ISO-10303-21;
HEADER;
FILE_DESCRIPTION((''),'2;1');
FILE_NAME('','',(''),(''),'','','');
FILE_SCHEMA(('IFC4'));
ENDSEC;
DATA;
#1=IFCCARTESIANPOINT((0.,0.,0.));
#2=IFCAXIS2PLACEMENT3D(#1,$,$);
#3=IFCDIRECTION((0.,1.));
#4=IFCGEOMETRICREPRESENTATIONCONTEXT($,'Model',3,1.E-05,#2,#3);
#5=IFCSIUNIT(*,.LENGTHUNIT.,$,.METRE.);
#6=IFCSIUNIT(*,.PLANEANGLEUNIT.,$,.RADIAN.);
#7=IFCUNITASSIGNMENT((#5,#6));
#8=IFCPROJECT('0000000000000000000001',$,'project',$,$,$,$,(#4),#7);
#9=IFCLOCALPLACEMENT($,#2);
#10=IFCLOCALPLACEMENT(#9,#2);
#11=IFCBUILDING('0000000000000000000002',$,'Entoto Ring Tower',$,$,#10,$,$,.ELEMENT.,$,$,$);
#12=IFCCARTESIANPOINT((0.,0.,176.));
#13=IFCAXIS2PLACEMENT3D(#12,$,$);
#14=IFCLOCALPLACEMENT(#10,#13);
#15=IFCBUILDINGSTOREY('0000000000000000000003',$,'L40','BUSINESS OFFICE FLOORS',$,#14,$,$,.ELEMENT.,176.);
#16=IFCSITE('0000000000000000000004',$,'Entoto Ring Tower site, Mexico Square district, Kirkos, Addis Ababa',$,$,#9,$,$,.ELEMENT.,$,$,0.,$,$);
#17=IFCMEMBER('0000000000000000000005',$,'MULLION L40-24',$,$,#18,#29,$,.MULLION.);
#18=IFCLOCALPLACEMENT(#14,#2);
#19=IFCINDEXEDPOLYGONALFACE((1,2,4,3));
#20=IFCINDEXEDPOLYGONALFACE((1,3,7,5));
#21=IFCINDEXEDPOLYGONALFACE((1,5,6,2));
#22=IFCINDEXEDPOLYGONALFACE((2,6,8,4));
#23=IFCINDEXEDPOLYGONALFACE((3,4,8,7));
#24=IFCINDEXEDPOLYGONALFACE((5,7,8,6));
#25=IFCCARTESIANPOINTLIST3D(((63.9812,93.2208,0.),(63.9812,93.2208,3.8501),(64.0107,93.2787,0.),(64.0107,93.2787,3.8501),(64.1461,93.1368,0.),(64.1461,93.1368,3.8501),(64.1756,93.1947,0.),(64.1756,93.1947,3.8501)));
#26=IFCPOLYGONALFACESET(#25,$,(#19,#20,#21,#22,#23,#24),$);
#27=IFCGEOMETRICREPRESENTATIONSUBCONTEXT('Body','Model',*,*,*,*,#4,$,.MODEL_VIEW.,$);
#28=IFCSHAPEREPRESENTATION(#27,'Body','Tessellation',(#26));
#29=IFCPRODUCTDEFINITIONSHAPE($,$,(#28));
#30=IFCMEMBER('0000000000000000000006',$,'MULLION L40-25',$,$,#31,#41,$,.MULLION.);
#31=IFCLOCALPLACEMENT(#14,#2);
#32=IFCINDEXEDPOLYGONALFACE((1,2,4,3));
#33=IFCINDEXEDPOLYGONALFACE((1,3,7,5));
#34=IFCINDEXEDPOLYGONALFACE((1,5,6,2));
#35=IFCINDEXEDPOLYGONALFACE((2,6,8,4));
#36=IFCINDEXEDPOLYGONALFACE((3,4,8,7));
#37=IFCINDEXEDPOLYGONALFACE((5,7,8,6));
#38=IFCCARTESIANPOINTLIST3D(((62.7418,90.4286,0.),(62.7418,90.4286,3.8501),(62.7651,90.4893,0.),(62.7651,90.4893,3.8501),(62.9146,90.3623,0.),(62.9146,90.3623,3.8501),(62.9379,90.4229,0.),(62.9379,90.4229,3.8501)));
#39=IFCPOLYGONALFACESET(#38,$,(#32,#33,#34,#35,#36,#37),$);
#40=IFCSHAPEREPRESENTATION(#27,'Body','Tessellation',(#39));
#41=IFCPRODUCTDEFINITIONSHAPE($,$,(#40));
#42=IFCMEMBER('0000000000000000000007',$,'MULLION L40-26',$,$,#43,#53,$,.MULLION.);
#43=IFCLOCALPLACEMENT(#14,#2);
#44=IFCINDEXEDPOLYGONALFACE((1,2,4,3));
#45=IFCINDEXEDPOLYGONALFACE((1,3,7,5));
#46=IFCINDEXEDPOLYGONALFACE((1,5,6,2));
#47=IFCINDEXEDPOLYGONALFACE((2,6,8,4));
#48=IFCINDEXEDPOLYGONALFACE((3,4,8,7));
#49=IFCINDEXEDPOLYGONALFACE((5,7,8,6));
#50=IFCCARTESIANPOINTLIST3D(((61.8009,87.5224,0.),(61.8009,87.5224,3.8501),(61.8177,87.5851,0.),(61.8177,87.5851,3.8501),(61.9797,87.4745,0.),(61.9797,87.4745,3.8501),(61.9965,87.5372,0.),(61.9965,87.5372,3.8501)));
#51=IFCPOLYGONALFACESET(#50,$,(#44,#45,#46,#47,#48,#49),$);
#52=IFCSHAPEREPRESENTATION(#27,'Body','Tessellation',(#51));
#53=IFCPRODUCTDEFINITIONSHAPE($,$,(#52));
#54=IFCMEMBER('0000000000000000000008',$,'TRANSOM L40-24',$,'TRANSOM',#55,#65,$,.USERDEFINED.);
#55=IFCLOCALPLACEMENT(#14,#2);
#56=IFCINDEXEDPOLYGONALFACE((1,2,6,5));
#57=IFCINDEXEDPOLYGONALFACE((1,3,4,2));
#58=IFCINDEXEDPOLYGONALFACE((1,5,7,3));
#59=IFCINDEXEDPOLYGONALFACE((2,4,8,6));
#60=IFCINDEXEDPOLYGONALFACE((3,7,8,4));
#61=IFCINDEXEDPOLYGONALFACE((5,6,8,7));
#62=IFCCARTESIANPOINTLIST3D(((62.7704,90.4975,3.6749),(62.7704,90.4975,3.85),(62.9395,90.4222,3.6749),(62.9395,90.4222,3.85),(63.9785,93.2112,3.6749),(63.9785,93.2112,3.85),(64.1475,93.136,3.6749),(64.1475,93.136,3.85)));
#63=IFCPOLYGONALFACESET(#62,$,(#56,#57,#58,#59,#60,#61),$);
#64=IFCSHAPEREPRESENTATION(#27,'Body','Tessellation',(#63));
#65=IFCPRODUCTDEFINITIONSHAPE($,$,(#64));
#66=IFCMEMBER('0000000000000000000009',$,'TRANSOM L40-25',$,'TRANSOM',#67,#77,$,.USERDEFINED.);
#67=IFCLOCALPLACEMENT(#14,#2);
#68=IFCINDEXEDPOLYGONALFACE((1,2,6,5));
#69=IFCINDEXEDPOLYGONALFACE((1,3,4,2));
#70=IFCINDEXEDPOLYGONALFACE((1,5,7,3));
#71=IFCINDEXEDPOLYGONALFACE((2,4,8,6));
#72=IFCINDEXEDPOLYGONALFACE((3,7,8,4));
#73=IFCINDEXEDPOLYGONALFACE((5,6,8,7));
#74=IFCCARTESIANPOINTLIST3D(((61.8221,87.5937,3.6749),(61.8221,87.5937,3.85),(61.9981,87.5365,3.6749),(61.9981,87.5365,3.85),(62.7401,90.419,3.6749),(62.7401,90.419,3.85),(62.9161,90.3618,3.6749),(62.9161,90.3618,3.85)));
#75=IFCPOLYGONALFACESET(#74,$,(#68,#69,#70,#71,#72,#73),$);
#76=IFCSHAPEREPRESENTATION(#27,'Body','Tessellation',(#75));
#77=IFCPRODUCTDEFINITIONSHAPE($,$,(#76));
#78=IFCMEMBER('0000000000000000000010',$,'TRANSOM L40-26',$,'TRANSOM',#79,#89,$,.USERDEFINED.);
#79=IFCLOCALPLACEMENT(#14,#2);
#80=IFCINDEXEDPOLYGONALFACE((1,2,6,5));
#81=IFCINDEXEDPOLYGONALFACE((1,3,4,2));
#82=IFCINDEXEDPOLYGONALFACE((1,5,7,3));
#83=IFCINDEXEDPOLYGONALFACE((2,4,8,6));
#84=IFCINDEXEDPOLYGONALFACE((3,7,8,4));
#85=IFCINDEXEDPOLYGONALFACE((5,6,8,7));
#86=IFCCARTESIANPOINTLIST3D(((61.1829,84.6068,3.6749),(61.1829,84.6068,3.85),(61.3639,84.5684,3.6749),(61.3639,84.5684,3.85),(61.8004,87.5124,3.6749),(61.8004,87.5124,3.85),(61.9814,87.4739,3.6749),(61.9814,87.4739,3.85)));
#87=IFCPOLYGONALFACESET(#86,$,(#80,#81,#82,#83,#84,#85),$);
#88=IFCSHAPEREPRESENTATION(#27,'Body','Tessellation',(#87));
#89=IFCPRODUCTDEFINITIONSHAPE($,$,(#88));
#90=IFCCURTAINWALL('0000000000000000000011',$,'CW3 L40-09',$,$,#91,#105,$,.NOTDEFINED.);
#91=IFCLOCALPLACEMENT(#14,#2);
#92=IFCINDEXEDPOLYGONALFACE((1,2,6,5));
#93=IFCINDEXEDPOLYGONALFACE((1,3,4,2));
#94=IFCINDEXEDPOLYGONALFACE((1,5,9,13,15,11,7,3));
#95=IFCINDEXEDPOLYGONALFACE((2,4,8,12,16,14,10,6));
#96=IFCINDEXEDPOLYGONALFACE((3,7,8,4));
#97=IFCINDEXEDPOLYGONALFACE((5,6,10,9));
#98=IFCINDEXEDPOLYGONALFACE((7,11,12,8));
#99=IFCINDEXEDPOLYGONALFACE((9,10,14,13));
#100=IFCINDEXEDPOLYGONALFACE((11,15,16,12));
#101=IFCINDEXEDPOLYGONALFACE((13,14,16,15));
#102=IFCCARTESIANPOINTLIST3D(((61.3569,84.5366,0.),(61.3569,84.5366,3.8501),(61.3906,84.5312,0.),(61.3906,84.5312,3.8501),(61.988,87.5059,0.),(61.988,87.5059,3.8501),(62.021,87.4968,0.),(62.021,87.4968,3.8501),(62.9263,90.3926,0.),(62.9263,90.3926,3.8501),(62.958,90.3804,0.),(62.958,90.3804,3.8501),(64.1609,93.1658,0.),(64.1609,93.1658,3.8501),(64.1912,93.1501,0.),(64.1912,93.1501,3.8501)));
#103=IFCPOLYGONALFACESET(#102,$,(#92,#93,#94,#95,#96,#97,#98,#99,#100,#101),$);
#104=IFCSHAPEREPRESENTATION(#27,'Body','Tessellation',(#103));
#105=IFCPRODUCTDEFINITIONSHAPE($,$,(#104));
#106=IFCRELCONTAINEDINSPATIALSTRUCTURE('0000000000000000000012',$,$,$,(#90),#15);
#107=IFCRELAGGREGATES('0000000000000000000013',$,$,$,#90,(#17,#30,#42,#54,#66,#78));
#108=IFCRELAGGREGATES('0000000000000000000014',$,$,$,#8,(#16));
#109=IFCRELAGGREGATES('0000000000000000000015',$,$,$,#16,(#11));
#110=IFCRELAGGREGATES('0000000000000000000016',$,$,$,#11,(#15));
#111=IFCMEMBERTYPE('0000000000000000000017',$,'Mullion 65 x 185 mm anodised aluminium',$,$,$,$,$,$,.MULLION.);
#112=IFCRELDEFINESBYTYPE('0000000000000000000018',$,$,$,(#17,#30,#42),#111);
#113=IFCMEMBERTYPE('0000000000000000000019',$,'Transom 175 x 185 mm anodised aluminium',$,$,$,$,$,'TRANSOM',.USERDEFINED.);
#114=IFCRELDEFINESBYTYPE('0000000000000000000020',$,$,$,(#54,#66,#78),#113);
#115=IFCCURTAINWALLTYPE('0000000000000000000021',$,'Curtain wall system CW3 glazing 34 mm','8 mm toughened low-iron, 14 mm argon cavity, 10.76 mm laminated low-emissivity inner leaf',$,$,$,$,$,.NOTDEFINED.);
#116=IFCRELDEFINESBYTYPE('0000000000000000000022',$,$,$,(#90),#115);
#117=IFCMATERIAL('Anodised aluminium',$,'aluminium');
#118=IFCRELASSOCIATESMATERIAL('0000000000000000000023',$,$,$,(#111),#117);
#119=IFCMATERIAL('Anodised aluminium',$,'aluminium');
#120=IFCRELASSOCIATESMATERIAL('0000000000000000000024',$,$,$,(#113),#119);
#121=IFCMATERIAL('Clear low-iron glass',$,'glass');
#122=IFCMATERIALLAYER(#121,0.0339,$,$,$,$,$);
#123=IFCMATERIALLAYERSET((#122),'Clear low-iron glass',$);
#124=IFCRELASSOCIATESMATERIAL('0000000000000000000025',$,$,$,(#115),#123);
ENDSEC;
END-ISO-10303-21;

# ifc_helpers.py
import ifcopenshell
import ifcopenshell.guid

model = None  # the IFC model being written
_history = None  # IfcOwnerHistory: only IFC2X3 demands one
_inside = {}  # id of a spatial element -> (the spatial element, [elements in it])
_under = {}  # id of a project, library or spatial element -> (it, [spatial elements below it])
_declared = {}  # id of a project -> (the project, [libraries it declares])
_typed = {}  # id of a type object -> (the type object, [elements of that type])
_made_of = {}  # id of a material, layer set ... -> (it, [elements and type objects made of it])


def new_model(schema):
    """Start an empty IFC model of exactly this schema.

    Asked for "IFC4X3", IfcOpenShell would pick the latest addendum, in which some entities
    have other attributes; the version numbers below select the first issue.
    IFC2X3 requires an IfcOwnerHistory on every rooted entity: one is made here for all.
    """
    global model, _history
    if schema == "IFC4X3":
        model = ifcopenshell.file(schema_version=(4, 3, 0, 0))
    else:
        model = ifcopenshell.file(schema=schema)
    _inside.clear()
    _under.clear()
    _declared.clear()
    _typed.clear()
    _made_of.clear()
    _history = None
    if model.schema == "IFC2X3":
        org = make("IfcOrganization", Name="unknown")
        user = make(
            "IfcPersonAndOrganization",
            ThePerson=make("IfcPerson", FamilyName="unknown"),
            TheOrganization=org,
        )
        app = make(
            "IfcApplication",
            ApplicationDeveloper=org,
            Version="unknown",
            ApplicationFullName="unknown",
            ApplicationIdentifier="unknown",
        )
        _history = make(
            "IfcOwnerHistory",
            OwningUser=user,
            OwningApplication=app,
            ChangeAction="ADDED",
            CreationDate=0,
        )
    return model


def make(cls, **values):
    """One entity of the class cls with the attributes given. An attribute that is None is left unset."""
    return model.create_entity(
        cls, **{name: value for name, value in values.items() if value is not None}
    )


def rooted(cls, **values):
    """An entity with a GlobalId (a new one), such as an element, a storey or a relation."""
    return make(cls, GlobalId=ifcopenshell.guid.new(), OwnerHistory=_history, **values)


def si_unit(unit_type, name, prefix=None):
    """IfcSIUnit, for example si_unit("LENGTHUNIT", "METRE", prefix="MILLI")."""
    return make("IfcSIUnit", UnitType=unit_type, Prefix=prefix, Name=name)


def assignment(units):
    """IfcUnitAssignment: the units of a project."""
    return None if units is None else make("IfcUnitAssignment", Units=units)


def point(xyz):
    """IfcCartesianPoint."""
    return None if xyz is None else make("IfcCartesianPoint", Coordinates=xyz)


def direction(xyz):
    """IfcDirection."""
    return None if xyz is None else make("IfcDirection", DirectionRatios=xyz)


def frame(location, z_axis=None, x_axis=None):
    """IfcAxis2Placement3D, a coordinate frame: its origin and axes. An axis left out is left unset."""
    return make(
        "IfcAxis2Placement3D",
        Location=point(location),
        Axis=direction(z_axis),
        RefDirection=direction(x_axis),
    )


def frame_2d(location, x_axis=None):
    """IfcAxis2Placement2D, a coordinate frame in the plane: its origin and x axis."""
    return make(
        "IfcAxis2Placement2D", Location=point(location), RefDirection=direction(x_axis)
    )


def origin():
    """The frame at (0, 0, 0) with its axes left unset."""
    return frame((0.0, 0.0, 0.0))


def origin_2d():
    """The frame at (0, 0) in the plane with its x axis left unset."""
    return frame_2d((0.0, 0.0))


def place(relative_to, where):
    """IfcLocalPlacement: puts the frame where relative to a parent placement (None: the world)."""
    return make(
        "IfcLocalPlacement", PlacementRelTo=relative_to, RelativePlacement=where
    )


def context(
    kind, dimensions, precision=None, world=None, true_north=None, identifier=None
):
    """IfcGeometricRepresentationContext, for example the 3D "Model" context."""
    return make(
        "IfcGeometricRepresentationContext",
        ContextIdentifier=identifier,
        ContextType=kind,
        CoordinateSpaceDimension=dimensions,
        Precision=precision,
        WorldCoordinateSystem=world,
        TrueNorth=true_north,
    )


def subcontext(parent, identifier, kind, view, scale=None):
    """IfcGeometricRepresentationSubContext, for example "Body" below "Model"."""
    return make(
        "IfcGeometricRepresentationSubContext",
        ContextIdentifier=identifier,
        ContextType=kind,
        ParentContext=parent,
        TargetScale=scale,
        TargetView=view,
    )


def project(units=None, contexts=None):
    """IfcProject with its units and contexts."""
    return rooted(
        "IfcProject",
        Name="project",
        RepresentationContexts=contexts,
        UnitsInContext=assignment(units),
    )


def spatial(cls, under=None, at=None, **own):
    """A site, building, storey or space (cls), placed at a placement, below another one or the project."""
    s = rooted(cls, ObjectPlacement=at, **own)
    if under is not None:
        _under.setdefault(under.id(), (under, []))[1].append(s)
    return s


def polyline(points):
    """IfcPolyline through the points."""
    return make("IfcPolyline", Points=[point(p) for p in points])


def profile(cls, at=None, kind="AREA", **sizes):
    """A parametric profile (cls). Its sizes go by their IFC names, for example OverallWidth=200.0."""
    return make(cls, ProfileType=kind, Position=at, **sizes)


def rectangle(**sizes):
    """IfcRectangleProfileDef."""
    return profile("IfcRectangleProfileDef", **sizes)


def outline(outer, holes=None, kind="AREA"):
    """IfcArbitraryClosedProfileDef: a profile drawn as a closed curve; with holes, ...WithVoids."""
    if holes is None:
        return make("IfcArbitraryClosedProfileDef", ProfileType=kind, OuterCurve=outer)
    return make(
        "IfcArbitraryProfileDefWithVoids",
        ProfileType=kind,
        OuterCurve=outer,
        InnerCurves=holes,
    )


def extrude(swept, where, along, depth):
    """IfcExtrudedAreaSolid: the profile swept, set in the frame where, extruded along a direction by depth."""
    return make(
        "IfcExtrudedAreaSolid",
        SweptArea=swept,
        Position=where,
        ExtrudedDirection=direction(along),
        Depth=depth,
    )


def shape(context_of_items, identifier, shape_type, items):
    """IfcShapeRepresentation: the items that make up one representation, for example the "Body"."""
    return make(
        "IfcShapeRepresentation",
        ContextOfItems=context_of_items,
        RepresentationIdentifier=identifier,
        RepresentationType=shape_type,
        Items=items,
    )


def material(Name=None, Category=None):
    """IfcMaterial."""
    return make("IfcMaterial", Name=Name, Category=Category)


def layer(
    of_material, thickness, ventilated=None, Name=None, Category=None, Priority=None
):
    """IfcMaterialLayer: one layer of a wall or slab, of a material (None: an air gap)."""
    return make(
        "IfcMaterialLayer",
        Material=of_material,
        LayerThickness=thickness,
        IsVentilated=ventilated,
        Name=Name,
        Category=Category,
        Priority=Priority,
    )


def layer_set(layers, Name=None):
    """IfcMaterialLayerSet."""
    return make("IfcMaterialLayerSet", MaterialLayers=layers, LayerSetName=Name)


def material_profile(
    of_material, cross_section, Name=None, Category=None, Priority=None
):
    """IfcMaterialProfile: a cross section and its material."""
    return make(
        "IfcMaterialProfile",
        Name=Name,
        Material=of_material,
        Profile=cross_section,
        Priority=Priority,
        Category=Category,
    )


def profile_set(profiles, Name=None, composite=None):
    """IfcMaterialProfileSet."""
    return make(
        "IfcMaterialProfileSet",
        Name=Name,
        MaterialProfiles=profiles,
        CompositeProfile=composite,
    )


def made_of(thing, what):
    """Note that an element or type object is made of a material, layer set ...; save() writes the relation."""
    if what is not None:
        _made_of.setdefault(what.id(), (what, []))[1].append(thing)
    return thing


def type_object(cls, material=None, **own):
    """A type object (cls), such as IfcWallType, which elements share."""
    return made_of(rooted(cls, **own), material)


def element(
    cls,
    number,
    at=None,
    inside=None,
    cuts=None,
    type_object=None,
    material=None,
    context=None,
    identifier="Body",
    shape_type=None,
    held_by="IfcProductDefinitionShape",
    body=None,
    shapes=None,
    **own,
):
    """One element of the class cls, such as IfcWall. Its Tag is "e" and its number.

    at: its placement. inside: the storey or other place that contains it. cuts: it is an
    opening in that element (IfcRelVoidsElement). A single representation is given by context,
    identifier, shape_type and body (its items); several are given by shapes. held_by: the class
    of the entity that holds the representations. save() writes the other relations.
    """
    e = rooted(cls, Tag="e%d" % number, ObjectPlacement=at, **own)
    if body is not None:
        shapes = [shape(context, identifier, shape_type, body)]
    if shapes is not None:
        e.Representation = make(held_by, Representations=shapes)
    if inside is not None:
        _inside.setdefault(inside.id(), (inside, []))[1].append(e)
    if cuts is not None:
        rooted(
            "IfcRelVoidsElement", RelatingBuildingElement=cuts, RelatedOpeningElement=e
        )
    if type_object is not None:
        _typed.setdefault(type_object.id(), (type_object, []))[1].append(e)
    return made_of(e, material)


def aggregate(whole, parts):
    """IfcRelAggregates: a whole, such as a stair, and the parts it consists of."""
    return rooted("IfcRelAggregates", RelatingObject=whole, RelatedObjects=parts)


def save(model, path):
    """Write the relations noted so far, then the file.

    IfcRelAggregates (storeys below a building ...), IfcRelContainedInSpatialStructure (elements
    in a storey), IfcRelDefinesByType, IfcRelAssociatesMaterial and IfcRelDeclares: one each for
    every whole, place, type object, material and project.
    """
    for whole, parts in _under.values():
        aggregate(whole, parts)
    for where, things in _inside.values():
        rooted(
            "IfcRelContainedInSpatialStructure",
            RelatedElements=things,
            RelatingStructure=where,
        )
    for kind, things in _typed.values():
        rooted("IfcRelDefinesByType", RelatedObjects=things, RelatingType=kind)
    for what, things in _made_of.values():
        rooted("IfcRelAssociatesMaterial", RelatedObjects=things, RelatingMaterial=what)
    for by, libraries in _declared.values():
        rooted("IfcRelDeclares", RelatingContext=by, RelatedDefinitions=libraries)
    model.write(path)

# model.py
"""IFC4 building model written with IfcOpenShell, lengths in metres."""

from ifc_helpers import new_model, si_unit, direction, frame, origin, origin_2d, place, context, subcontext, project, spatial, polyline, rectangle, outline, extrude, material, layer, layer_set, material_profile, profile_set, type_object, element, aggregate, save


model = new_model("IFC4")

# Units and contexts
model_context = context("Model", 3, precision=1e-05, world=origin(), true_north=direction((0.0, 1.0)))
body_context = subcontext(model_context, "Body", "Model", "MODEL_VIEW")
ifc_project = project(units=[si_unit("LENGTHUNIT", "METRE"), si_unit("PLANEANGLEUNIT", "RADIAN")], contexts=[model_context])

# Members
ifc_material_1 = material(Name="Anodised aluminium", Category="aluminium")
ifc_material_profile_1 = material_profile(ifc_material_1, rectangle(XDim=0.0649, YDim=0.1851, at=origin_2d()), Name="Mullion 65 x 185 mm anodised aluminium")
ifc_profile_set_1 = profile_set([ifc_material_profile_1], Name="Anodised aluminium")
member_type_1 = type_object("IfcMemberType", Name="Mullion 65 x 185 mm anodised aluminium", PredefinedType="MULLION", material=ifc_profile_set_1)
site_placement = place(None, origin())
building_placement = place(site_placement, origin())
storey_placement = place(building_placement, frame((0.0, 0.0, 176.0)))
member_1_placement = place(storey_placement, frame((64.0784, 93.2078, 0.0), z_axis=(0.0, 0.0, 1.0), x_axis=(-0.45399, -0.891007, 0.0)))
member_1 = element("IfcMember", 1, at=member_1_placement, type_object=member_type_1, Name="MULLION L40-24", PredefinedType="MULLION", context=body_context, shape_type="SweptSolid", body=[
    extrude(rectangle(XDim=0.0649, YDim=0.1851, at=origin_2d()), origin(), (0.0, 0.0, 1.0), 3.8501),
])
member_2_placement = place(storey_placement, frame((62.8398, 90.4258, 0.0), z_axis=(0.0, 0.0, 1.0), x_axis=(-0.358368, -0.93358, 0.0)))
member_2 = element("IfcMember", 2, at=member_2_placement, type_object=member_type_1, Name="MULLION L40-25", PredefinedType="MULLION", context=body_context, shape_type="SweptSolid", body=[
    extrude(rectangle(XDim=0.0649, YDim=0.1851, at=origin_2d()), origin(), (0.0, 0.0, 1.0), 3.8501),
])
member_3_placement = place(storey_placement, frame((61.8987, 87.5298, 0.0), z_axis=(0.0, 0.0, 1.0), x_axis=(-0.258819, -0.965926, 0.0)))
member_3 = element("IfcMember", 3, at=member_3_placement, type_object=member_type_1, Name="MULLION L40-26", PredefinedType="MULLION", context=body_context, shape_type="SweptSolid", body=[
    extrude(rectangle(XDim=0.0649, YDim=0.1851, at=origin_2d()), origin(), (0.0, 0.0, 1.0), 3.8501),
])
ifc_material_2 = material(Name="Anodised aluminium", Category="aluminium")
ifc_material_profile_2 = material_profile(ifc_material_2, rectangle(XDim=0.1851, YDim=0.175, at=origin_2d()), Name="Transom 175 x 185 mm anodised aluminium")
ifc_profile_set_2 = profile_set([ifc_material_profile_2], Name="Anodised aluminium")
member_type_2 = type_object("IfcMemberType", Name="Transom 175 x 185 mm anodised aluminium", ElementType="TRANSOM", PredefinedType="USERDEFINED", material=ifc_profile_set_2)
member_4_placement = place(storey_placement, frame((64.063, 93.1736, 3.7625), z_axis=(-0.406687, -0.913567, 0.0), x_axis=(0.913567, -0.406687, 0.0)))
member_4 = element("IfcMember", 4, at=member_4_placement, type_object=member_type_2, Name="TRANSOM L40-24", ObjectType="TRANSOM", PredefinedType="USERDEFINED", context=body_context, shape_type="SweptSolid", body=[
    extrude(rectangle(XDim=0.1851, YDim=0.175, at=origin_2d()), origin(), (0.0, 0.0, 1.0), 2.9705),
])
member_5_placement = place(storey_placement, frame((62.8281, 90.3904, 3.7625), z_axis=(-0.309019, -0.951056, 0.0), x_axis=(0.951056, -0.309019, 0.0)))
member_5 = element("IfcMember", 5, at=member_5_placement, type_object=member_type_2, Name="TRANSOM L40-25", ObjectType="TRANSOM", PredefinedType="USERDEFINED", context=body_context, shape_type="SweptSolid", body=[
    extrude(rectangle(XDim=0.1851, YDim=0.175, at=origin_2d()), origin(), (0.0, 0.0, 1.0), 2.9707),
])
member_6_placement = place(storey_placement, frame((61.8909, 87.4932, 3.7625), z_axis=(-0.207862, -0.978158, 0.0), x_axis=(0.978158, -0.207862, 0.0)))
member_6 = element("IfcMember", 6, at=member_6_placement, type_object=member_type_2, Name="TRANSOM L40-26", ObjectType="TRANSOM", PredefinedType="USERDEFINED", context=body_context, shape_type="SweptSolid", body=[
    extrude(rectangle(XDim=0.1851, YDim=0.175, at=origin_2d()), origin(), (0.0, 0.0, 1.0), 2.9705),
])

# Site, building, storey
site = spatial("IfcSite", under=ifc_project, at=site_placement, Name="Entoto Ring Tower site, Mexico Square district, Kirkos, Addis Ababa", CompositionType="ELEMENT", RefElevation=0.0)
building = spatial("IfcBuilding", under=site, at=building_placement, Name="Entoto Ring Tower", CompositionType="ELEMENT")
storey = spatial("IfcBuildingStorey", under=building, at=storey_placement, Name="L40", Description="BUSINESS OFFICE FLOORS", CompositionType="ELEMENT", Elevation=176.0)

# Curtain wall
ifc_material_3 = material(Name="Clear low-iron glass", Category="glass")
ifc_layer = layer(ifc_material_3, 0.0339)
ifc_layer_set = layer_set([ifc_layer], Name="Clear low-iron glass")
curtain_wall_type = type_object("IfcCurtainWallType", Name="Curtain wall system CW3 glazing 34 mm", Description="8 mm toughened low-iron, 14 mm argon cavity, 10.76 mm laminated low-emissivity inner leaf", PredefinedType="NOTDEFINED", material=ifc_layer_set)
curtain_wall_1_placement = place(storey_placement, origin())
curtain_wall_1 = element("IfcCurtainWall", 7, at=curtain_wall_1_placement, inside=storey, type_object=curtain_wall_type, Name="CW3 L40-09", PredefinedType="NOTDEFINED", context=body_context, shape_type="SweptSolid", body=[
    extrude(outline(polyline([(64.1609, 93.1658), (62.9263, 90.3926), (61.988, 87.5059), (61.3569, 84.5366), (61.3906, 84.5312), (62.021, 87.4968), (62.958, 90.3804), (64.1912, 93.1501), (64.1609, 93.1658)])), origin(), (0.0, 0.0, 1.0), 3.8501),
])
aggregate(curtain_wall_1, [member_1, member_2, member_3, member_4, member_5, member_6])

save(model, "model.ifc")
